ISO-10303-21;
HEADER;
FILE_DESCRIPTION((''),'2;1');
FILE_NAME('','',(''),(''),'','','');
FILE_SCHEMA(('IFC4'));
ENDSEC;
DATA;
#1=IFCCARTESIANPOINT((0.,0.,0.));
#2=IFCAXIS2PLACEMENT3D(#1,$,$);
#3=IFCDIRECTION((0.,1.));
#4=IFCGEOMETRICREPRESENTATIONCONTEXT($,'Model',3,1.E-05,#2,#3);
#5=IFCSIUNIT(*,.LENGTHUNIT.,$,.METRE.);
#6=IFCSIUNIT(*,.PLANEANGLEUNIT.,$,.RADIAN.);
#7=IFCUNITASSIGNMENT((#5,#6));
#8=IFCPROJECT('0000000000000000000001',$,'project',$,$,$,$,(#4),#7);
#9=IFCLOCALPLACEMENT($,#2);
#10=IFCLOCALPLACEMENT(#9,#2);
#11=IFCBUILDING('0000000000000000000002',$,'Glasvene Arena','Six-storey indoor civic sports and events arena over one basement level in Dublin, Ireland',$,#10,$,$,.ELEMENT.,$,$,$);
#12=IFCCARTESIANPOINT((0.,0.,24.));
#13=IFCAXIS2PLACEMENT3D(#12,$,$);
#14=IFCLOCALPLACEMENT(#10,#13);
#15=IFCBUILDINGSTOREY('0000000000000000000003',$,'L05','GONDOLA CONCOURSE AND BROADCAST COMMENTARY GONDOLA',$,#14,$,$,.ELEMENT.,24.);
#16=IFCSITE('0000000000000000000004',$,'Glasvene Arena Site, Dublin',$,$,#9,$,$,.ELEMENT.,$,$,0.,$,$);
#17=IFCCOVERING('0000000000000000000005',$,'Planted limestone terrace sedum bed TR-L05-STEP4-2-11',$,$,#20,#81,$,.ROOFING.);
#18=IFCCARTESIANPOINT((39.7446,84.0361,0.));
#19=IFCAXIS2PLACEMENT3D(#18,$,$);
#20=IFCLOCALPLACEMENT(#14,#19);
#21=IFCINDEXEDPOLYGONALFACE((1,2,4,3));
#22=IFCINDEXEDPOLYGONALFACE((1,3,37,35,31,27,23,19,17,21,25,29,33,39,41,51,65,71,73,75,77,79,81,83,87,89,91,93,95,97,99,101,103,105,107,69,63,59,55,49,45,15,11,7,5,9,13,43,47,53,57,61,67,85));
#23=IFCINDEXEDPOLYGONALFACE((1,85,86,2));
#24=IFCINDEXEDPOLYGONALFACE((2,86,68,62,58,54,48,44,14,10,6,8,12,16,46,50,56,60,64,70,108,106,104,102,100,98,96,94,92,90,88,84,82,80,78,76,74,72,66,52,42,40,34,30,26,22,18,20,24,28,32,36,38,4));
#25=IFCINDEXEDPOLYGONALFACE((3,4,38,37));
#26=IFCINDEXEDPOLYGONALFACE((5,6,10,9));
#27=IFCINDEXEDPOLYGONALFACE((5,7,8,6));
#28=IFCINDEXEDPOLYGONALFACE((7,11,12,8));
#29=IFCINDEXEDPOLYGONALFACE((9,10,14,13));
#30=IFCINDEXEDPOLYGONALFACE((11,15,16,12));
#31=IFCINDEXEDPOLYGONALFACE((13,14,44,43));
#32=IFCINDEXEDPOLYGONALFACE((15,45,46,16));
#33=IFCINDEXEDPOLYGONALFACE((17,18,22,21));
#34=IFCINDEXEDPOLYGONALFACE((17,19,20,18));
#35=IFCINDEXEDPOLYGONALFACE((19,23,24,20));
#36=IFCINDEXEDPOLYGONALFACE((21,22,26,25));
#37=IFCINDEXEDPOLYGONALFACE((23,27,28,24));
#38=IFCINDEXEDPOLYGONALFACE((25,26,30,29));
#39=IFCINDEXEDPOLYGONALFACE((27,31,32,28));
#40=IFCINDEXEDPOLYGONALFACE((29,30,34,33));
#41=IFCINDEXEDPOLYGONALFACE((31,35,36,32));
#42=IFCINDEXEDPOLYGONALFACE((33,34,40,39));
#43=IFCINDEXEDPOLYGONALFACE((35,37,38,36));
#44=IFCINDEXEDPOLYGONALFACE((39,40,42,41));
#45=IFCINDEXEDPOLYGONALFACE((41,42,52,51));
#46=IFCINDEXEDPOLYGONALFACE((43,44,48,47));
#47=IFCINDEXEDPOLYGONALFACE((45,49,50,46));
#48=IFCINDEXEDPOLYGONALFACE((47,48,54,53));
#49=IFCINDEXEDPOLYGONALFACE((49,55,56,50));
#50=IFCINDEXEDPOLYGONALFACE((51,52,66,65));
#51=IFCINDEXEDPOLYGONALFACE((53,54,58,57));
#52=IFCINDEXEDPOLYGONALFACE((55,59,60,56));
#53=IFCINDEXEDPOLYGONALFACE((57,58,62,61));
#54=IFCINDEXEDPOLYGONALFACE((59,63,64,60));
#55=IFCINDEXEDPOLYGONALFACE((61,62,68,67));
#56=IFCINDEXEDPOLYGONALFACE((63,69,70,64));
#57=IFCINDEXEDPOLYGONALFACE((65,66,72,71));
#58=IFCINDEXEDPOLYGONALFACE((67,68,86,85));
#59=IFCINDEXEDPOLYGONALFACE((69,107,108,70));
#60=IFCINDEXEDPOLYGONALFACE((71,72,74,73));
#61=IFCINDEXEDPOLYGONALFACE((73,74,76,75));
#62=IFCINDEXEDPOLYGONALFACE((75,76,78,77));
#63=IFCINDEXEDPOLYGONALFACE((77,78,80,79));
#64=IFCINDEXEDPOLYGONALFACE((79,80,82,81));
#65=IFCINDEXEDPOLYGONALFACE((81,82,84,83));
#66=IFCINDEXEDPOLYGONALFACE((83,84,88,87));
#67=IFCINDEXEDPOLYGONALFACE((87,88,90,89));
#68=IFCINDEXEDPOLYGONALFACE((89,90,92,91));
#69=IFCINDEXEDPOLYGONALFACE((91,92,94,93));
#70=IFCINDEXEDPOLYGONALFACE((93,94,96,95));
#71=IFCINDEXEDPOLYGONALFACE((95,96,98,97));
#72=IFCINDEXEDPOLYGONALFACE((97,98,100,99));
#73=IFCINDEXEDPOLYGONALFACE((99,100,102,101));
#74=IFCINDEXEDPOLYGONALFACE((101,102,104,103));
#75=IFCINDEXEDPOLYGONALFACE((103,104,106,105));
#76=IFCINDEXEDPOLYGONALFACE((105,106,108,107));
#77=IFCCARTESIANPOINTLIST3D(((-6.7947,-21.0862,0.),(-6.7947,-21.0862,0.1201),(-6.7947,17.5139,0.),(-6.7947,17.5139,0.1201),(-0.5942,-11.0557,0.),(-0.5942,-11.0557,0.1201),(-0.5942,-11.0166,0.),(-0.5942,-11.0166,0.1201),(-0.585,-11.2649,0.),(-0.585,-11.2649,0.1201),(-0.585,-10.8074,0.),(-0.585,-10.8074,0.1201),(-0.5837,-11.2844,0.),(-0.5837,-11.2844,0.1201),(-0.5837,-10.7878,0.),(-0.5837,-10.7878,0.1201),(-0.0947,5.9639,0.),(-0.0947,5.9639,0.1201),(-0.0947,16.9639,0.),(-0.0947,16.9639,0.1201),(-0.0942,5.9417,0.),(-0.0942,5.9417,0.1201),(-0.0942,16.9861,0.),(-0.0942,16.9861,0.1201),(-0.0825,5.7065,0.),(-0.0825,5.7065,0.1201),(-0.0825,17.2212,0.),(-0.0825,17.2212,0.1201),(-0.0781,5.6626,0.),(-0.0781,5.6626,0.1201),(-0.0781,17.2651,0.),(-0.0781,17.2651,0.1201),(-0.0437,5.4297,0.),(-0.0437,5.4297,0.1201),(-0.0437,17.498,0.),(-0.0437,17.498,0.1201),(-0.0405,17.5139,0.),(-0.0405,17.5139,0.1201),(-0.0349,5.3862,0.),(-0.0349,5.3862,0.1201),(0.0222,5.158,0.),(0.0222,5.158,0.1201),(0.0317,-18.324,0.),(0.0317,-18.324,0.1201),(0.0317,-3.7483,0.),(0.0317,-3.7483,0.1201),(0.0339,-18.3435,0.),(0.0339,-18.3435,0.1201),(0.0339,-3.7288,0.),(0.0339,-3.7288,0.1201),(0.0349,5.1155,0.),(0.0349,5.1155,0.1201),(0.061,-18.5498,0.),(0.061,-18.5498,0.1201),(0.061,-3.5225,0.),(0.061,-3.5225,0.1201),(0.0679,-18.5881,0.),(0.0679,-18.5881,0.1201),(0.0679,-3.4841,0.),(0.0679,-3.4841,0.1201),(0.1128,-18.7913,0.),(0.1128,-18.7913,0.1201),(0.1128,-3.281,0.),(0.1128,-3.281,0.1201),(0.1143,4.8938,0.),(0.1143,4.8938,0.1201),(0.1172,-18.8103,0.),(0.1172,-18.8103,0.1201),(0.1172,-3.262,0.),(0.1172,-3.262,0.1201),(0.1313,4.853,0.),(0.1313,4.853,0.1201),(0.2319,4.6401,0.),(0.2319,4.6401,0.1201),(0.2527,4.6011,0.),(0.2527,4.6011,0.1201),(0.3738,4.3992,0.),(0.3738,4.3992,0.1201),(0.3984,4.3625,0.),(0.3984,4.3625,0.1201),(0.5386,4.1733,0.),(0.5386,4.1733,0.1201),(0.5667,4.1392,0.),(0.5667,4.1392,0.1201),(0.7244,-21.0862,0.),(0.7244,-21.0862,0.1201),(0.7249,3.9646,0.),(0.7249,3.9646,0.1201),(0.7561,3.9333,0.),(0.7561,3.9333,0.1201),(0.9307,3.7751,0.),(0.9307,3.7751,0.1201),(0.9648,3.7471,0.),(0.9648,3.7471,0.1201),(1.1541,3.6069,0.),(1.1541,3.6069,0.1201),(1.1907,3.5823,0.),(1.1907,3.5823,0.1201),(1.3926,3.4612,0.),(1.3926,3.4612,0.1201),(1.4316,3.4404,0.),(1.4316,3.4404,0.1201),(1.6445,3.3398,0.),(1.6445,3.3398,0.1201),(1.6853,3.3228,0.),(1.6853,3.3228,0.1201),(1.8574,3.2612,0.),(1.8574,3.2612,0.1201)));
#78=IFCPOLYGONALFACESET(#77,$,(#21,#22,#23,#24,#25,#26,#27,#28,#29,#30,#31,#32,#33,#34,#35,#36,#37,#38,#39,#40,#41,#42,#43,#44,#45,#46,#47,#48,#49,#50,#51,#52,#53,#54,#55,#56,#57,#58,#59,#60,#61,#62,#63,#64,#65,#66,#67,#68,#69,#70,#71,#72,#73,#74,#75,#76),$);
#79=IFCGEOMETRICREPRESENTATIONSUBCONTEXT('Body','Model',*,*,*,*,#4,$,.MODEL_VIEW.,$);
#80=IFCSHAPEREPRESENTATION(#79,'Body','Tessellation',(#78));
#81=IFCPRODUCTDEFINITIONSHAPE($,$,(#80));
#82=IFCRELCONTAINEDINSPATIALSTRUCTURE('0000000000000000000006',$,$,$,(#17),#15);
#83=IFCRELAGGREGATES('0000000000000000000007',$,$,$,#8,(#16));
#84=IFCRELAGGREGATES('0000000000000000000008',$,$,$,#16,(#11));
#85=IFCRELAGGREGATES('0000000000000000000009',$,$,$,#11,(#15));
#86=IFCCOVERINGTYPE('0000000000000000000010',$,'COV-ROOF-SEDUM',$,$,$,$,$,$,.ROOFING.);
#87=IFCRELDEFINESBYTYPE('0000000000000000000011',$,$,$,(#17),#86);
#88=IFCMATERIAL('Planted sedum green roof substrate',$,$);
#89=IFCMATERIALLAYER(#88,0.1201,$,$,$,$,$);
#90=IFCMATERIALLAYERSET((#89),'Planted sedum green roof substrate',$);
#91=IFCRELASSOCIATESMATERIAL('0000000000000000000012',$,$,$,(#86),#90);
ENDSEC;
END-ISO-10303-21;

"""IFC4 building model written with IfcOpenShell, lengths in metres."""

from ifc_helpers import new_model, si_unit, direction, frame, origin, place, context, subcontext, project, spatial, polyline, outline, extrude, material, layer, layer_set, type_object, element, save


model = new_model("IFC4")

# Units and contexts
model_context = context("Model", 3, precision=1e-05, world=origin(), true_north=direction((0.0, 1.0)))
body_context = subcontext(model_context, "Body", "Model", "MODEL_VIEW")
ifc_project = project(units=[si_unit("LENGTHUNIT", "METRE"), si_unit("PLANEANGLEUNIT", "RADIAN")], contexts=[model_context])

# Site, building, storey
site_placement = place(None, origin())
site = spatial("IfcSite", under=ifc_project, at=site_placement, Name="Glasvene Arena Site, Dublin", CompositionType="ELEMENT", RefElevation=0.0)
building_placement = place(site_placement, origin())
building = spatial("IfcBuilding", under=site, at=building_placement, Name="Glasvene Arena", Description="Six-storey indoor civic sports and events arena over one basement level in Dublin, Ireland", CompositionType="ELEMENT")
storey_placement = place(building_placement, frame((0.0, 0.0, 24.0)))
storey = spatial("IfcBuildingStorey", under=building, at=storey_placement, Name="L05", Description="GONDOLA CONCOURSE AND BROADCAST COMMENTARY GONDOLA", CompositionType="ELEMENT", Elevation=24.0)

# Covering
ifc_material_1 = material(Name="Planted sedum green roof substrate")
ifc_layer_1 = layer(ifc_material_1, 0.1201)
ifc_layer_set_1 = layer_set([ifc_layer_1], Name="Planted sedum green roof substrate")
covering_type = type_object("IfcCoveringType", Name="COV-ROOF-SEDUM", PredefinedType="ROOFING", material=ifc_layer_set_1)
covering_placement = place(storey_placement, frame((39.7446, 84.0361, 0.0)))
element("IfcCovering", 1, at=covering_placement, inside=storey, type_object=covering_type, Name="Planted limestone terrace sedum bed TR-L05-STEP4-2-11", PredefinedType="ROOFING", context=body_context, shape_type="SweptSolid", body=[
    extrude(outline(polyline([(-0.0405, 17.5139), (-0.0437, 17.498), (-0.0781, 17.2651), (-0.0825, 17.2212), (-0.0942, 16.9861), (-0.0947, 16.9639), (-0.0947, 5.9639), (-0.0942, 5.9417), (-0.0825, 5.7065), (-0.0781, 5.6626), (-0.0437, 5.4297), (-0.0349, 5.3862), (0.0222, 5.158), (0.0349, 5.1155), (0.1143, 4.8938), (0.1313, 4.853), (0.2319, 4.6401), (0.2527, 4.6011), (0.3738, 4.3992), (0.3984, 4.3625), (0.5386, 4.1733), (0.5667, 4.1392), (0.7249, 3.9646), (0.7561, 3.9333), (0.9307, 3.7751), (0.9648, 3.7471), (1.1541, 3.6069), (1.1907, 3.5823), (1.3926, 3.4612), (1.4316, 3.4404), (1.6445, 3.3398), (1.6853, 3.3228), (1.8574, 3.2612), (0.1172, -3.262), (0.1128, -3.281), (0.0679, -3.4841), (0.061, -3.5225), (0.0339, -3.7288), (0.0317, -3.7483), (-0.5837, -10.7878), (-0.585, -10.8074), (-0.5942, -11.0166), (-0.5942, -11.0557), (-0.585, -11.2649), (-0.5837, -11.2844), (0.0317, -18.324), (0.0339, -18.3435), (0.061, -18.5498), (0.0679, -18.5881), (0.1128, -18.7913), (0.1172, -18.8103), (0.7244, -21.0862), (-6.7947, -21.0862), (-6.7947, 17.5139), (-0.0405, 17.5139)])), origin(), (0.0, 0.0, 1.0), 0.1201),
])

save(model, "model.ifc")
